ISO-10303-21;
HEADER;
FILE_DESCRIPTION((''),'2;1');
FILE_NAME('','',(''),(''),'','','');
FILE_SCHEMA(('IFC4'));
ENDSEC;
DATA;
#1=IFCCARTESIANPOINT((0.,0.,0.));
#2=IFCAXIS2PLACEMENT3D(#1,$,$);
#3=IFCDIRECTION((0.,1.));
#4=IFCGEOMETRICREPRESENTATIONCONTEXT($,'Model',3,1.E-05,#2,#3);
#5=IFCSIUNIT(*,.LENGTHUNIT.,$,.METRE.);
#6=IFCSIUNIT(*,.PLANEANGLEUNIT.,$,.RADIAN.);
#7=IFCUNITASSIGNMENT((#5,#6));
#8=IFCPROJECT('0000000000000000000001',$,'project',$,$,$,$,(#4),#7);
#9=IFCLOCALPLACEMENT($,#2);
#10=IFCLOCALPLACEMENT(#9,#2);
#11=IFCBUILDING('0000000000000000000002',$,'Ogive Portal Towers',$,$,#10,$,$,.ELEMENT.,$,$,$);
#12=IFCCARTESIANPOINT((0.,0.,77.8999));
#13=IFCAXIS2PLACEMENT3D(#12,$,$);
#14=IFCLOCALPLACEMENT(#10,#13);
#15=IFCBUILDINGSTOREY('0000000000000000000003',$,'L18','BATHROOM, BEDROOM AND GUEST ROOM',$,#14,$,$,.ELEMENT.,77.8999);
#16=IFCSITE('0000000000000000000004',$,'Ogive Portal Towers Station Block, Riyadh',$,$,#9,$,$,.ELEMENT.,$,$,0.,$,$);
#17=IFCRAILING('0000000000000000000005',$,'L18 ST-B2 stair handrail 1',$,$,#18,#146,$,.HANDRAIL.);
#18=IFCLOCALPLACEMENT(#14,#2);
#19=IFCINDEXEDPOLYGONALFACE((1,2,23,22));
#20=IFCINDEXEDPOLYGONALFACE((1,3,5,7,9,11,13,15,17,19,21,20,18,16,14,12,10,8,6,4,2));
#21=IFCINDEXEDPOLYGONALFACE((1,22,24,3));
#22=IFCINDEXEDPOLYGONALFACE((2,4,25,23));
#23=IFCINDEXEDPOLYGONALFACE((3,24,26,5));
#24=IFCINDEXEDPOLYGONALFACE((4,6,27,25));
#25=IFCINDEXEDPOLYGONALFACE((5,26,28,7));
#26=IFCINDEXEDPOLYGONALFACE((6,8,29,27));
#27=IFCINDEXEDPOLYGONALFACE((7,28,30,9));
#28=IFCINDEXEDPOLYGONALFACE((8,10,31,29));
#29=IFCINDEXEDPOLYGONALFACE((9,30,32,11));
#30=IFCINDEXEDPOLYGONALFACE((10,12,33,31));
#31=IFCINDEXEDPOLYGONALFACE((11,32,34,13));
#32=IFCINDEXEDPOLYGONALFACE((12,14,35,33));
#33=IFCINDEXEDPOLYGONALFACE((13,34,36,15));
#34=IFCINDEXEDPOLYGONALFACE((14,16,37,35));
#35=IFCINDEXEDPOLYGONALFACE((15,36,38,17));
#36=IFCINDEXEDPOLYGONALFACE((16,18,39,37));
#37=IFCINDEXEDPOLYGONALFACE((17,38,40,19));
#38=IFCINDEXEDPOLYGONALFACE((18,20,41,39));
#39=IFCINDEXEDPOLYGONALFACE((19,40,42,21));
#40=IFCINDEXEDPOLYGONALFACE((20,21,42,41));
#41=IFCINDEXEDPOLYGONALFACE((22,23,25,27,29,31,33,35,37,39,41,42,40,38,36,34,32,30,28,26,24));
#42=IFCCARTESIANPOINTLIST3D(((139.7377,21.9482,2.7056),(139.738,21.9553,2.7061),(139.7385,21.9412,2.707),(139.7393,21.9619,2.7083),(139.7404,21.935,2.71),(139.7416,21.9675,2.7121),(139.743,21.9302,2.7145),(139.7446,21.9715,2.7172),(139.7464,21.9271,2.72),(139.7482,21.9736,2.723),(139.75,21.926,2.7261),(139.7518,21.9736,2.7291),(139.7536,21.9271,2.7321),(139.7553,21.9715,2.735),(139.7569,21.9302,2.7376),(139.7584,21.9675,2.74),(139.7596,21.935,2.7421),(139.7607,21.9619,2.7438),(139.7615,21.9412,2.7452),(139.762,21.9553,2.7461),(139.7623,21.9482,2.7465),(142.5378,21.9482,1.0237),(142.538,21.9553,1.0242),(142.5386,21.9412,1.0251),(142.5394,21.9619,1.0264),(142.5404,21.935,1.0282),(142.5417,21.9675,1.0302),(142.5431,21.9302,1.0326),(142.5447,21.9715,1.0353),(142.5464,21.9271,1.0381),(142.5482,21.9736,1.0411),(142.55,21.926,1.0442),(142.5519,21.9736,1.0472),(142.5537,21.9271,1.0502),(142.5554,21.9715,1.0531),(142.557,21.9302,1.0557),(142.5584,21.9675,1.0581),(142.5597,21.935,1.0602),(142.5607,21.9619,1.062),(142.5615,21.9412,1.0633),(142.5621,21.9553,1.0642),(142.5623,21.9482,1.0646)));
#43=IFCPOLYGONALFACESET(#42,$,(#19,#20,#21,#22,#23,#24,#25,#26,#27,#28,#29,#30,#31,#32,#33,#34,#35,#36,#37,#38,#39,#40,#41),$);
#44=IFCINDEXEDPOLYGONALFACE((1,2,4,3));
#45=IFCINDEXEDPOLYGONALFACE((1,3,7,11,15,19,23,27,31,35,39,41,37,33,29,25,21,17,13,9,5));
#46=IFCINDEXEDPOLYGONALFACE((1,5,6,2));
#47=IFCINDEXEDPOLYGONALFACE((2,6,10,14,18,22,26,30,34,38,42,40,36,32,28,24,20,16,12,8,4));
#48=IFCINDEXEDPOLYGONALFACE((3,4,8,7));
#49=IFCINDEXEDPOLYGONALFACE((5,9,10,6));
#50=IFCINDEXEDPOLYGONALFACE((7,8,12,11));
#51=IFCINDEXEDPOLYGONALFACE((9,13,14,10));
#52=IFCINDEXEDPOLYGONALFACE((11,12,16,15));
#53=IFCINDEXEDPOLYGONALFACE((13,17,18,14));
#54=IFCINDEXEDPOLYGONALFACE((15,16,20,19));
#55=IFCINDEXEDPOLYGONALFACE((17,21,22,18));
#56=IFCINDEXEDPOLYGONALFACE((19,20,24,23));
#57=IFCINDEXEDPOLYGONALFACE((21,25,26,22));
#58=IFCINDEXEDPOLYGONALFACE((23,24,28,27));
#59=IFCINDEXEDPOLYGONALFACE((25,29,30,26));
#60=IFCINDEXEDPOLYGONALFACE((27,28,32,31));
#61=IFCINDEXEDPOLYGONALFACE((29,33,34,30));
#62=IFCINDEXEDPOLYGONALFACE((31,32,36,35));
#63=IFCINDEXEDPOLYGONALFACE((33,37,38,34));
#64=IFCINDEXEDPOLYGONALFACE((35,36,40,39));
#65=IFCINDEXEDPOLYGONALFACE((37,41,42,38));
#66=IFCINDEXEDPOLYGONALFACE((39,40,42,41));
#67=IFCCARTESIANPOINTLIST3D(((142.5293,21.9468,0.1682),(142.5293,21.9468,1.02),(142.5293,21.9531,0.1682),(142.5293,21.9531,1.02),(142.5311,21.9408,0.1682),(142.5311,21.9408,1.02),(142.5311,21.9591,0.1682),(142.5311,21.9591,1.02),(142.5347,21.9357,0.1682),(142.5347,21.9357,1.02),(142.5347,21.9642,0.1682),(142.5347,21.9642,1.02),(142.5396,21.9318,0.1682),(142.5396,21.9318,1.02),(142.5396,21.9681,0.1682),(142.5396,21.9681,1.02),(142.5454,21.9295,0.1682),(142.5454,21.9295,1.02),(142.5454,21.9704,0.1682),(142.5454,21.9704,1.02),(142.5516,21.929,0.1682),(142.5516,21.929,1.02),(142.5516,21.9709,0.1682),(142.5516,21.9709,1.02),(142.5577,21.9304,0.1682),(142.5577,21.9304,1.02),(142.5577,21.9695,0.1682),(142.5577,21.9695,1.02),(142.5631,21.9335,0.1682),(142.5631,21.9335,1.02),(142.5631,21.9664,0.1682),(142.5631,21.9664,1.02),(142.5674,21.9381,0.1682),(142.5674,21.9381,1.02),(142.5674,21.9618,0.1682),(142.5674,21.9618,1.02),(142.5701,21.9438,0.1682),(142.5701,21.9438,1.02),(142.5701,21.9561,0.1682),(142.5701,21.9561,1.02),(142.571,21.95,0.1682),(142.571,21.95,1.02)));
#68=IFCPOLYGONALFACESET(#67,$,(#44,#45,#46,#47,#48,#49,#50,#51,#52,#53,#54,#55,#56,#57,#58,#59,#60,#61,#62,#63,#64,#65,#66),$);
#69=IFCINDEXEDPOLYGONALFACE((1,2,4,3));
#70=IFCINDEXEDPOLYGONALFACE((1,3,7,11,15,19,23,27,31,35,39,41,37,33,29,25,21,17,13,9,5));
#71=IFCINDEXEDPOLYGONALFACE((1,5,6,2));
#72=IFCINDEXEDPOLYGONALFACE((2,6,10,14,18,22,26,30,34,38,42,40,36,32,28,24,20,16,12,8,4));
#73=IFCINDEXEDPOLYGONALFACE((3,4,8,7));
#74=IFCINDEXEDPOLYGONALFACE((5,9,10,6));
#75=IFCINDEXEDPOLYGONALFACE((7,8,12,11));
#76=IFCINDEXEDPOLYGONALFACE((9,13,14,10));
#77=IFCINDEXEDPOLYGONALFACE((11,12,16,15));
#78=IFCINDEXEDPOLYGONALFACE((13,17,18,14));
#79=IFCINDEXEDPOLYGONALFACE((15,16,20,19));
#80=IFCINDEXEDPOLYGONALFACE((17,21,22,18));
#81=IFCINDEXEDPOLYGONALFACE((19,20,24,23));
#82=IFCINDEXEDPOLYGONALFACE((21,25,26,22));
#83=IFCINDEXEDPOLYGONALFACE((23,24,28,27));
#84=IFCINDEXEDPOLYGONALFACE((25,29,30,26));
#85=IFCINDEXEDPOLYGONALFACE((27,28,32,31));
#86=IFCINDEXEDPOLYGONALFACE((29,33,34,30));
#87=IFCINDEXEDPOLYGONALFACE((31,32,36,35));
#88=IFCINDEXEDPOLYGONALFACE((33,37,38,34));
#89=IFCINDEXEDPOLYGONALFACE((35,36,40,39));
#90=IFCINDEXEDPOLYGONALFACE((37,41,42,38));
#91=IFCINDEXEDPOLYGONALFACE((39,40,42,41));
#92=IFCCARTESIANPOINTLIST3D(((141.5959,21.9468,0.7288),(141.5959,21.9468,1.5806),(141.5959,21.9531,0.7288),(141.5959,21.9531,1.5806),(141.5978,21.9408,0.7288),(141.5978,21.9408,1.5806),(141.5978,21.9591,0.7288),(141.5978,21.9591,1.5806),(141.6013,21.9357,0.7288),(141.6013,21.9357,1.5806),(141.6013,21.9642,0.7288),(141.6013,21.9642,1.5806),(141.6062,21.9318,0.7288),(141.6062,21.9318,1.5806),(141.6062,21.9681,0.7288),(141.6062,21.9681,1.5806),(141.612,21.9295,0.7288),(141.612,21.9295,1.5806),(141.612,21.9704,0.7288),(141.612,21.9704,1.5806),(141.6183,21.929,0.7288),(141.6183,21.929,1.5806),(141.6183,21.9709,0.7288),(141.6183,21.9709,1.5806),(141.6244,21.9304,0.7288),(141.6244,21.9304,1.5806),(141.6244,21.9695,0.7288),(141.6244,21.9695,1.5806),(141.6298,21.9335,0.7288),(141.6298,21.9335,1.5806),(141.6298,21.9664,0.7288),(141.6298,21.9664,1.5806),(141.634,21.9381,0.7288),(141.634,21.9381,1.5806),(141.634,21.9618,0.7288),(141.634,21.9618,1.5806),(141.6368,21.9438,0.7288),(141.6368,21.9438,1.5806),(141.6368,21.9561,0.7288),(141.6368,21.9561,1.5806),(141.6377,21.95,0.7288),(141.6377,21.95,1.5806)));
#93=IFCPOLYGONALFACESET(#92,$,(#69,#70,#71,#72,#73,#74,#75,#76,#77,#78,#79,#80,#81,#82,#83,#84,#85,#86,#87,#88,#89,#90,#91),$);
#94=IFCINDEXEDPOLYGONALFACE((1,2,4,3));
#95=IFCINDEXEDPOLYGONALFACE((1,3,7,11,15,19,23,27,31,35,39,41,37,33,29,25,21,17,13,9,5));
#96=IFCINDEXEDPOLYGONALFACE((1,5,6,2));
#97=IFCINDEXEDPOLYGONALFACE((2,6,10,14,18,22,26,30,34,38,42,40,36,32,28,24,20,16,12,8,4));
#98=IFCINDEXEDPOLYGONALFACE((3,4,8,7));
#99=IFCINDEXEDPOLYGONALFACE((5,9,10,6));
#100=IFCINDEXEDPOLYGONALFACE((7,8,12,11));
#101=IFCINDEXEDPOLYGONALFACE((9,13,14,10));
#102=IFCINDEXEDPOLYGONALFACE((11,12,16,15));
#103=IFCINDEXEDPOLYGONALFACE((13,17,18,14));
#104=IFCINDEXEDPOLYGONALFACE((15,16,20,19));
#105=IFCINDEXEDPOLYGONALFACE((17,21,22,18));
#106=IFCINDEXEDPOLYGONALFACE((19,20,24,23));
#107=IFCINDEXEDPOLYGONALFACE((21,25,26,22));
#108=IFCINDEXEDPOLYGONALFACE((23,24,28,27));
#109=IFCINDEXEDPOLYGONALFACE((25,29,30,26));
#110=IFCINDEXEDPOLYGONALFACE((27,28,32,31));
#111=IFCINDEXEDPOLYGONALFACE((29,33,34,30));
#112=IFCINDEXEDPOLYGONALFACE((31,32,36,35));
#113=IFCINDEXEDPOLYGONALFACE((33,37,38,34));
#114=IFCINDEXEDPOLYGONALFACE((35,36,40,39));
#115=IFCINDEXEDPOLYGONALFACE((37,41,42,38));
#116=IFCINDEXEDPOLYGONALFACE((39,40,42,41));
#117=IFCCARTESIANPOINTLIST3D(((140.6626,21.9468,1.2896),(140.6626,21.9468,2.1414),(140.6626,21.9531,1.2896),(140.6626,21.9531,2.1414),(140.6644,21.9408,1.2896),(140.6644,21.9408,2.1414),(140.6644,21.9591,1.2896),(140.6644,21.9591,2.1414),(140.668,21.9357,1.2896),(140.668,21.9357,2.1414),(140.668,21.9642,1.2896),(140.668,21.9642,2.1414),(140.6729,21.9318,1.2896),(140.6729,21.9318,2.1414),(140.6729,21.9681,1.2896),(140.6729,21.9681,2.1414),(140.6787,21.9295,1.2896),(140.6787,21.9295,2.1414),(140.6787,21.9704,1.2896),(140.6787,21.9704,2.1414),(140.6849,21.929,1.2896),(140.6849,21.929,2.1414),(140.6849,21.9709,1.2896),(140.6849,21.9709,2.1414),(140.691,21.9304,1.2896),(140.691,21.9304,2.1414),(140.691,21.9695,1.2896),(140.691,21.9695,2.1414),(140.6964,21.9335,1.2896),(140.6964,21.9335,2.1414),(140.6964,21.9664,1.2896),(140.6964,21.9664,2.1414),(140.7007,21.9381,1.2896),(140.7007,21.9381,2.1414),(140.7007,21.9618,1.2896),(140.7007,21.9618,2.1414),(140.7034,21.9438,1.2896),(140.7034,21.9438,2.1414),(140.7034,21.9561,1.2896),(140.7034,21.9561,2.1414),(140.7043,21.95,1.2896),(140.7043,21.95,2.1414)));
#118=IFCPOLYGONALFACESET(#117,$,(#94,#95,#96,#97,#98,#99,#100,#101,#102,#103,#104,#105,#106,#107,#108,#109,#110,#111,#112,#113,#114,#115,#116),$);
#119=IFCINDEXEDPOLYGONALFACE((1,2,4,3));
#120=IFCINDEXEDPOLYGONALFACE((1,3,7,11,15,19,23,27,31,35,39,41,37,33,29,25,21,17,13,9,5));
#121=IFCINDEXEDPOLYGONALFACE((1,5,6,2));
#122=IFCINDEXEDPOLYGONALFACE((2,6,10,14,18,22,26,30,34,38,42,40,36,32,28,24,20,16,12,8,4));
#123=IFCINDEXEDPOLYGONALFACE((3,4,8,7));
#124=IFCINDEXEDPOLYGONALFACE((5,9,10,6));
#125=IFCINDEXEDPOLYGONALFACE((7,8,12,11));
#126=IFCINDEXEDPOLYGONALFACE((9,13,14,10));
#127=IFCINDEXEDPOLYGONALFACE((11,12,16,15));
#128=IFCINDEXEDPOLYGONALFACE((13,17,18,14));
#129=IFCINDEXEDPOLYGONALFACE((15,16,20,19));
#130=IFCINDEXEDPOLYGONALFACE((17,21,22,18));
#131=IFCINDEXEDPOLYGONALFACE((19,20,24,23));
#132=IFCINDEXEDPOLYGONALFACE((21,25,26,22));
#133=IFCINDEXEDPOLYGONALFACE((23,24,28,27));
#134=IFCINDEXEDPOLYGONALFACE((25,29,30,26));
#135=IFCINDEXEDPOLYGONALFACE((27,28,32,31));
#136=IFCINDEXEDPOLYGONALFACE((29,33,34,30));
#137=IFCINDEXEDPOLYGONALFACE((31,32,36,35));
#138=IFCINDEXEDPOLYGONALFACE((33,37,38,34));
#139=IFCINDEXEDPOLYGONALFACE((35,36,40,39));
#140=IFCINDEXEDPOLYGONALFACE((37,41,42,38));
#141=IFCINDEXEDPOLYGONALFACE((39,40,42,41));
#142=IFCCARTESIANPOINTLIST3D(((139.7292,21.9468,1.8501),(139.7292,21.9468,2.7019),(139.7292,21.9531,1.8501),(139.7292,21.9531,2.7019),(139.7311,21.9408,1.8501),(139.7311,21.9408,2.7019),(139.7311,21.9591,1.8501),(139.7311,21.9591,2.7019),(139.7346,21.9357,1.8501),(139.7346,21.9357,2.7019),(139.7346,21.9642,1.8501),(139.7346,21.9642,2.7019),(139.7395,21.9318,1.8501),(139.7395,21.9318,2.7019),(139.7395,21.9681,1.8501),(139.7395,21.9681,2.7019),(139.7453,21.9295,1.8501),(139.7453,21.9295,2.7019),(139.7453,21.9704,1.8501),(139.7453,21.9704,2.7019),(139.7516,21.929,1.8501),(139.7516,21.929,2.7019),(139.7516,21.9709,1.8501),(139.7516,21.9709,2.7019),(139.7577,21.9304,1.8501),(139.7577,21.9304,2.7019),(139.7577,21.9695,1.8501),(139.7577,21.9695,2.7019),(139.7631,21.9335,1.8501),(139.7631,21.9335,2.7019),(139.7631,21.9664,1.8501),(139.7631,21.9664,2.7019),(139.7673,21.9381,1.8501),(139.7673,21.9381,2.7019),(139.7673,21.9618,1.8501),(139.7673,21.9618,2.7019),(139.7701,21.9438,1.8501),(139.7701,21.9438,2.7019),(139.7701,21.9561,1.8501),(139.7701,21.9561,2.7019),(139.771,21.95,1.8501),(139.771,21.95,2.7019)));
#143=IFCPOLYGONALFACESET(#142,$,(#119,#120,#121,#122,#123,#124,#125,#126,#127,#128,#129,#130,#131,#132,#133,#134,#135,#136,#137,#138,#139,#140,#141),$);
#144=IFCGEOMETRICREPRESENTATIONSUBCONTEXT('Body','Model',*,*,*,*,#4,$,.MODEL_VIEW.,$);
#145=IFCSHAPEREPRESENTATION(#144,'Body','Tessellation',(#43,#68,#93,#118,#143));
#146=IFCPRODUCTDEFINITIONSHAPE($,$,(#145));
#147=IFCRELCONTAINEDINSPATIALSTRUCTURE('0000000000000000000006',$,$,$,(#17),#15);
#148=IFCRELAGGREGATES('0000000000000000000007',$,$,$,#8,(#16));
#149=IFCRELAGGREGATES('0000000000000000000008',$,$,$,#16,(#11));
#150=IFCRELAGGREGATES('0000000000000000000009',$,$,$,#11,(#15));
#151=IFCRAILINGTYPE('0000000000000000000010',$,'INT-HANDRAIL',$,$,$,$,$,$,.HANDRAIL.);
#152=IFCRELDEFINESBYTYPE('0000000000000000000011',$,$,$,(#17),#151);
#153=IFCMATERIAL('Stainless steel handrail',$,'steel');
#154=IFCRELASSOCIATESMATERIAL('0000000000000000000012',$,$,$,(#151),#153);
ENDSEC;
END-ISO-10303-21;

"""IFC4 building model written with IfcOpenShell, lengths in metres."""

from ifc_helpers import new_model, si_unit, direction, frame, origin, origin_2d, place, context, subcontext, project, spatial, circle, extrude, material, type_object, element, save


model = new_model("IFC4")

# Units and contexts
model_context = context("Model", 3, precision=1e-05, world=origin(), true_north=direction((0.0, 1.0)))
body_context = subcontext(model_context, "Body", "Model", "MODEL_VIEW")
ifc_project = project(units=[si_unit("LENGTHUNIT", "METRE"), si_unit("PLANEANGLEUNIT", "RADIAN")], contexts=[model_context])

# Site, building, storey
site_placement = place(None, origin())
site = spatial("IfcSite", under=ifc_project, at=site_placement, Name="Ogive Portal Towers Station Block, Riyadh", CompositionType="ELEMENT", RefElevation=0.0)
building_placement = place(site_placement, origin())
building = spatial("IfcBuilding", under=site, at=building_placement, Name="Ogive Portal Towers", CompositionType="ELEMENT")
storey_placement = place(building_placement, frame((0.0, 0.0, 77.8999)))
storey = spatial("IfcBuildingStorey", under=building, at=storey_placement, Name="L18", Description="BATHROOM, BEDROOM AND GUEST ROOM", CompositionType="ELEMENT", Elevation=77.8999)

# Railing
ifc_material_1 = material(Name="Stainless steel handrail", Category="steel")
railing_type_1 = type_object("IfcRailingType", Name="INT-HANDRAIL", PredefinedType="HANDRAIL", material=ifc_material_1)
railing_1_placement = place(storey_placement, frame((142.55, 21.95, 0.1682)))
element("IfcRailing", 1, at=railing_1_placement, inside=storey, type_object=railing_type_1, Name="L18 ST-B2 stair handrail 1", PredefinedType="HANDRAIL", context=body_context, shape_type="SweptSolid", body=[
    extrude(circle(Radius=0.0239, at=origin_2d()), frame((0.0, 0.0, 0.876), z_axis=(-0.857242, 0.0, 0.514913), x_axis=(0.0, -1.0, 0.0)), (0.0, 0.0, 1.0), 3.2664),
    extrude(circle(Radius=0.021, at=origin_2d()), origin(), (0.0, 0.0, 1.0), 0.8518),
    extrude(circle(Radius=0.021, at=origin_2d()), frame((-0.9333, 0.0, 0.5605)), (0.0, 0.0, 1.0), 0.8518),
    extrude(circle(Radius=0.021, at=origin_2d()), frame((-1.8667, 0.0, 1.1213)), (0.0, 0.0, 1.0), 0.8518),
    extrude(circle(Radius=0.021, at=origin_2d()), frame((-2.8, 0.0, 1.6819)), (0.0, 0.0, 1.0), 0.8518),
])

save(model, "model.ifc")
